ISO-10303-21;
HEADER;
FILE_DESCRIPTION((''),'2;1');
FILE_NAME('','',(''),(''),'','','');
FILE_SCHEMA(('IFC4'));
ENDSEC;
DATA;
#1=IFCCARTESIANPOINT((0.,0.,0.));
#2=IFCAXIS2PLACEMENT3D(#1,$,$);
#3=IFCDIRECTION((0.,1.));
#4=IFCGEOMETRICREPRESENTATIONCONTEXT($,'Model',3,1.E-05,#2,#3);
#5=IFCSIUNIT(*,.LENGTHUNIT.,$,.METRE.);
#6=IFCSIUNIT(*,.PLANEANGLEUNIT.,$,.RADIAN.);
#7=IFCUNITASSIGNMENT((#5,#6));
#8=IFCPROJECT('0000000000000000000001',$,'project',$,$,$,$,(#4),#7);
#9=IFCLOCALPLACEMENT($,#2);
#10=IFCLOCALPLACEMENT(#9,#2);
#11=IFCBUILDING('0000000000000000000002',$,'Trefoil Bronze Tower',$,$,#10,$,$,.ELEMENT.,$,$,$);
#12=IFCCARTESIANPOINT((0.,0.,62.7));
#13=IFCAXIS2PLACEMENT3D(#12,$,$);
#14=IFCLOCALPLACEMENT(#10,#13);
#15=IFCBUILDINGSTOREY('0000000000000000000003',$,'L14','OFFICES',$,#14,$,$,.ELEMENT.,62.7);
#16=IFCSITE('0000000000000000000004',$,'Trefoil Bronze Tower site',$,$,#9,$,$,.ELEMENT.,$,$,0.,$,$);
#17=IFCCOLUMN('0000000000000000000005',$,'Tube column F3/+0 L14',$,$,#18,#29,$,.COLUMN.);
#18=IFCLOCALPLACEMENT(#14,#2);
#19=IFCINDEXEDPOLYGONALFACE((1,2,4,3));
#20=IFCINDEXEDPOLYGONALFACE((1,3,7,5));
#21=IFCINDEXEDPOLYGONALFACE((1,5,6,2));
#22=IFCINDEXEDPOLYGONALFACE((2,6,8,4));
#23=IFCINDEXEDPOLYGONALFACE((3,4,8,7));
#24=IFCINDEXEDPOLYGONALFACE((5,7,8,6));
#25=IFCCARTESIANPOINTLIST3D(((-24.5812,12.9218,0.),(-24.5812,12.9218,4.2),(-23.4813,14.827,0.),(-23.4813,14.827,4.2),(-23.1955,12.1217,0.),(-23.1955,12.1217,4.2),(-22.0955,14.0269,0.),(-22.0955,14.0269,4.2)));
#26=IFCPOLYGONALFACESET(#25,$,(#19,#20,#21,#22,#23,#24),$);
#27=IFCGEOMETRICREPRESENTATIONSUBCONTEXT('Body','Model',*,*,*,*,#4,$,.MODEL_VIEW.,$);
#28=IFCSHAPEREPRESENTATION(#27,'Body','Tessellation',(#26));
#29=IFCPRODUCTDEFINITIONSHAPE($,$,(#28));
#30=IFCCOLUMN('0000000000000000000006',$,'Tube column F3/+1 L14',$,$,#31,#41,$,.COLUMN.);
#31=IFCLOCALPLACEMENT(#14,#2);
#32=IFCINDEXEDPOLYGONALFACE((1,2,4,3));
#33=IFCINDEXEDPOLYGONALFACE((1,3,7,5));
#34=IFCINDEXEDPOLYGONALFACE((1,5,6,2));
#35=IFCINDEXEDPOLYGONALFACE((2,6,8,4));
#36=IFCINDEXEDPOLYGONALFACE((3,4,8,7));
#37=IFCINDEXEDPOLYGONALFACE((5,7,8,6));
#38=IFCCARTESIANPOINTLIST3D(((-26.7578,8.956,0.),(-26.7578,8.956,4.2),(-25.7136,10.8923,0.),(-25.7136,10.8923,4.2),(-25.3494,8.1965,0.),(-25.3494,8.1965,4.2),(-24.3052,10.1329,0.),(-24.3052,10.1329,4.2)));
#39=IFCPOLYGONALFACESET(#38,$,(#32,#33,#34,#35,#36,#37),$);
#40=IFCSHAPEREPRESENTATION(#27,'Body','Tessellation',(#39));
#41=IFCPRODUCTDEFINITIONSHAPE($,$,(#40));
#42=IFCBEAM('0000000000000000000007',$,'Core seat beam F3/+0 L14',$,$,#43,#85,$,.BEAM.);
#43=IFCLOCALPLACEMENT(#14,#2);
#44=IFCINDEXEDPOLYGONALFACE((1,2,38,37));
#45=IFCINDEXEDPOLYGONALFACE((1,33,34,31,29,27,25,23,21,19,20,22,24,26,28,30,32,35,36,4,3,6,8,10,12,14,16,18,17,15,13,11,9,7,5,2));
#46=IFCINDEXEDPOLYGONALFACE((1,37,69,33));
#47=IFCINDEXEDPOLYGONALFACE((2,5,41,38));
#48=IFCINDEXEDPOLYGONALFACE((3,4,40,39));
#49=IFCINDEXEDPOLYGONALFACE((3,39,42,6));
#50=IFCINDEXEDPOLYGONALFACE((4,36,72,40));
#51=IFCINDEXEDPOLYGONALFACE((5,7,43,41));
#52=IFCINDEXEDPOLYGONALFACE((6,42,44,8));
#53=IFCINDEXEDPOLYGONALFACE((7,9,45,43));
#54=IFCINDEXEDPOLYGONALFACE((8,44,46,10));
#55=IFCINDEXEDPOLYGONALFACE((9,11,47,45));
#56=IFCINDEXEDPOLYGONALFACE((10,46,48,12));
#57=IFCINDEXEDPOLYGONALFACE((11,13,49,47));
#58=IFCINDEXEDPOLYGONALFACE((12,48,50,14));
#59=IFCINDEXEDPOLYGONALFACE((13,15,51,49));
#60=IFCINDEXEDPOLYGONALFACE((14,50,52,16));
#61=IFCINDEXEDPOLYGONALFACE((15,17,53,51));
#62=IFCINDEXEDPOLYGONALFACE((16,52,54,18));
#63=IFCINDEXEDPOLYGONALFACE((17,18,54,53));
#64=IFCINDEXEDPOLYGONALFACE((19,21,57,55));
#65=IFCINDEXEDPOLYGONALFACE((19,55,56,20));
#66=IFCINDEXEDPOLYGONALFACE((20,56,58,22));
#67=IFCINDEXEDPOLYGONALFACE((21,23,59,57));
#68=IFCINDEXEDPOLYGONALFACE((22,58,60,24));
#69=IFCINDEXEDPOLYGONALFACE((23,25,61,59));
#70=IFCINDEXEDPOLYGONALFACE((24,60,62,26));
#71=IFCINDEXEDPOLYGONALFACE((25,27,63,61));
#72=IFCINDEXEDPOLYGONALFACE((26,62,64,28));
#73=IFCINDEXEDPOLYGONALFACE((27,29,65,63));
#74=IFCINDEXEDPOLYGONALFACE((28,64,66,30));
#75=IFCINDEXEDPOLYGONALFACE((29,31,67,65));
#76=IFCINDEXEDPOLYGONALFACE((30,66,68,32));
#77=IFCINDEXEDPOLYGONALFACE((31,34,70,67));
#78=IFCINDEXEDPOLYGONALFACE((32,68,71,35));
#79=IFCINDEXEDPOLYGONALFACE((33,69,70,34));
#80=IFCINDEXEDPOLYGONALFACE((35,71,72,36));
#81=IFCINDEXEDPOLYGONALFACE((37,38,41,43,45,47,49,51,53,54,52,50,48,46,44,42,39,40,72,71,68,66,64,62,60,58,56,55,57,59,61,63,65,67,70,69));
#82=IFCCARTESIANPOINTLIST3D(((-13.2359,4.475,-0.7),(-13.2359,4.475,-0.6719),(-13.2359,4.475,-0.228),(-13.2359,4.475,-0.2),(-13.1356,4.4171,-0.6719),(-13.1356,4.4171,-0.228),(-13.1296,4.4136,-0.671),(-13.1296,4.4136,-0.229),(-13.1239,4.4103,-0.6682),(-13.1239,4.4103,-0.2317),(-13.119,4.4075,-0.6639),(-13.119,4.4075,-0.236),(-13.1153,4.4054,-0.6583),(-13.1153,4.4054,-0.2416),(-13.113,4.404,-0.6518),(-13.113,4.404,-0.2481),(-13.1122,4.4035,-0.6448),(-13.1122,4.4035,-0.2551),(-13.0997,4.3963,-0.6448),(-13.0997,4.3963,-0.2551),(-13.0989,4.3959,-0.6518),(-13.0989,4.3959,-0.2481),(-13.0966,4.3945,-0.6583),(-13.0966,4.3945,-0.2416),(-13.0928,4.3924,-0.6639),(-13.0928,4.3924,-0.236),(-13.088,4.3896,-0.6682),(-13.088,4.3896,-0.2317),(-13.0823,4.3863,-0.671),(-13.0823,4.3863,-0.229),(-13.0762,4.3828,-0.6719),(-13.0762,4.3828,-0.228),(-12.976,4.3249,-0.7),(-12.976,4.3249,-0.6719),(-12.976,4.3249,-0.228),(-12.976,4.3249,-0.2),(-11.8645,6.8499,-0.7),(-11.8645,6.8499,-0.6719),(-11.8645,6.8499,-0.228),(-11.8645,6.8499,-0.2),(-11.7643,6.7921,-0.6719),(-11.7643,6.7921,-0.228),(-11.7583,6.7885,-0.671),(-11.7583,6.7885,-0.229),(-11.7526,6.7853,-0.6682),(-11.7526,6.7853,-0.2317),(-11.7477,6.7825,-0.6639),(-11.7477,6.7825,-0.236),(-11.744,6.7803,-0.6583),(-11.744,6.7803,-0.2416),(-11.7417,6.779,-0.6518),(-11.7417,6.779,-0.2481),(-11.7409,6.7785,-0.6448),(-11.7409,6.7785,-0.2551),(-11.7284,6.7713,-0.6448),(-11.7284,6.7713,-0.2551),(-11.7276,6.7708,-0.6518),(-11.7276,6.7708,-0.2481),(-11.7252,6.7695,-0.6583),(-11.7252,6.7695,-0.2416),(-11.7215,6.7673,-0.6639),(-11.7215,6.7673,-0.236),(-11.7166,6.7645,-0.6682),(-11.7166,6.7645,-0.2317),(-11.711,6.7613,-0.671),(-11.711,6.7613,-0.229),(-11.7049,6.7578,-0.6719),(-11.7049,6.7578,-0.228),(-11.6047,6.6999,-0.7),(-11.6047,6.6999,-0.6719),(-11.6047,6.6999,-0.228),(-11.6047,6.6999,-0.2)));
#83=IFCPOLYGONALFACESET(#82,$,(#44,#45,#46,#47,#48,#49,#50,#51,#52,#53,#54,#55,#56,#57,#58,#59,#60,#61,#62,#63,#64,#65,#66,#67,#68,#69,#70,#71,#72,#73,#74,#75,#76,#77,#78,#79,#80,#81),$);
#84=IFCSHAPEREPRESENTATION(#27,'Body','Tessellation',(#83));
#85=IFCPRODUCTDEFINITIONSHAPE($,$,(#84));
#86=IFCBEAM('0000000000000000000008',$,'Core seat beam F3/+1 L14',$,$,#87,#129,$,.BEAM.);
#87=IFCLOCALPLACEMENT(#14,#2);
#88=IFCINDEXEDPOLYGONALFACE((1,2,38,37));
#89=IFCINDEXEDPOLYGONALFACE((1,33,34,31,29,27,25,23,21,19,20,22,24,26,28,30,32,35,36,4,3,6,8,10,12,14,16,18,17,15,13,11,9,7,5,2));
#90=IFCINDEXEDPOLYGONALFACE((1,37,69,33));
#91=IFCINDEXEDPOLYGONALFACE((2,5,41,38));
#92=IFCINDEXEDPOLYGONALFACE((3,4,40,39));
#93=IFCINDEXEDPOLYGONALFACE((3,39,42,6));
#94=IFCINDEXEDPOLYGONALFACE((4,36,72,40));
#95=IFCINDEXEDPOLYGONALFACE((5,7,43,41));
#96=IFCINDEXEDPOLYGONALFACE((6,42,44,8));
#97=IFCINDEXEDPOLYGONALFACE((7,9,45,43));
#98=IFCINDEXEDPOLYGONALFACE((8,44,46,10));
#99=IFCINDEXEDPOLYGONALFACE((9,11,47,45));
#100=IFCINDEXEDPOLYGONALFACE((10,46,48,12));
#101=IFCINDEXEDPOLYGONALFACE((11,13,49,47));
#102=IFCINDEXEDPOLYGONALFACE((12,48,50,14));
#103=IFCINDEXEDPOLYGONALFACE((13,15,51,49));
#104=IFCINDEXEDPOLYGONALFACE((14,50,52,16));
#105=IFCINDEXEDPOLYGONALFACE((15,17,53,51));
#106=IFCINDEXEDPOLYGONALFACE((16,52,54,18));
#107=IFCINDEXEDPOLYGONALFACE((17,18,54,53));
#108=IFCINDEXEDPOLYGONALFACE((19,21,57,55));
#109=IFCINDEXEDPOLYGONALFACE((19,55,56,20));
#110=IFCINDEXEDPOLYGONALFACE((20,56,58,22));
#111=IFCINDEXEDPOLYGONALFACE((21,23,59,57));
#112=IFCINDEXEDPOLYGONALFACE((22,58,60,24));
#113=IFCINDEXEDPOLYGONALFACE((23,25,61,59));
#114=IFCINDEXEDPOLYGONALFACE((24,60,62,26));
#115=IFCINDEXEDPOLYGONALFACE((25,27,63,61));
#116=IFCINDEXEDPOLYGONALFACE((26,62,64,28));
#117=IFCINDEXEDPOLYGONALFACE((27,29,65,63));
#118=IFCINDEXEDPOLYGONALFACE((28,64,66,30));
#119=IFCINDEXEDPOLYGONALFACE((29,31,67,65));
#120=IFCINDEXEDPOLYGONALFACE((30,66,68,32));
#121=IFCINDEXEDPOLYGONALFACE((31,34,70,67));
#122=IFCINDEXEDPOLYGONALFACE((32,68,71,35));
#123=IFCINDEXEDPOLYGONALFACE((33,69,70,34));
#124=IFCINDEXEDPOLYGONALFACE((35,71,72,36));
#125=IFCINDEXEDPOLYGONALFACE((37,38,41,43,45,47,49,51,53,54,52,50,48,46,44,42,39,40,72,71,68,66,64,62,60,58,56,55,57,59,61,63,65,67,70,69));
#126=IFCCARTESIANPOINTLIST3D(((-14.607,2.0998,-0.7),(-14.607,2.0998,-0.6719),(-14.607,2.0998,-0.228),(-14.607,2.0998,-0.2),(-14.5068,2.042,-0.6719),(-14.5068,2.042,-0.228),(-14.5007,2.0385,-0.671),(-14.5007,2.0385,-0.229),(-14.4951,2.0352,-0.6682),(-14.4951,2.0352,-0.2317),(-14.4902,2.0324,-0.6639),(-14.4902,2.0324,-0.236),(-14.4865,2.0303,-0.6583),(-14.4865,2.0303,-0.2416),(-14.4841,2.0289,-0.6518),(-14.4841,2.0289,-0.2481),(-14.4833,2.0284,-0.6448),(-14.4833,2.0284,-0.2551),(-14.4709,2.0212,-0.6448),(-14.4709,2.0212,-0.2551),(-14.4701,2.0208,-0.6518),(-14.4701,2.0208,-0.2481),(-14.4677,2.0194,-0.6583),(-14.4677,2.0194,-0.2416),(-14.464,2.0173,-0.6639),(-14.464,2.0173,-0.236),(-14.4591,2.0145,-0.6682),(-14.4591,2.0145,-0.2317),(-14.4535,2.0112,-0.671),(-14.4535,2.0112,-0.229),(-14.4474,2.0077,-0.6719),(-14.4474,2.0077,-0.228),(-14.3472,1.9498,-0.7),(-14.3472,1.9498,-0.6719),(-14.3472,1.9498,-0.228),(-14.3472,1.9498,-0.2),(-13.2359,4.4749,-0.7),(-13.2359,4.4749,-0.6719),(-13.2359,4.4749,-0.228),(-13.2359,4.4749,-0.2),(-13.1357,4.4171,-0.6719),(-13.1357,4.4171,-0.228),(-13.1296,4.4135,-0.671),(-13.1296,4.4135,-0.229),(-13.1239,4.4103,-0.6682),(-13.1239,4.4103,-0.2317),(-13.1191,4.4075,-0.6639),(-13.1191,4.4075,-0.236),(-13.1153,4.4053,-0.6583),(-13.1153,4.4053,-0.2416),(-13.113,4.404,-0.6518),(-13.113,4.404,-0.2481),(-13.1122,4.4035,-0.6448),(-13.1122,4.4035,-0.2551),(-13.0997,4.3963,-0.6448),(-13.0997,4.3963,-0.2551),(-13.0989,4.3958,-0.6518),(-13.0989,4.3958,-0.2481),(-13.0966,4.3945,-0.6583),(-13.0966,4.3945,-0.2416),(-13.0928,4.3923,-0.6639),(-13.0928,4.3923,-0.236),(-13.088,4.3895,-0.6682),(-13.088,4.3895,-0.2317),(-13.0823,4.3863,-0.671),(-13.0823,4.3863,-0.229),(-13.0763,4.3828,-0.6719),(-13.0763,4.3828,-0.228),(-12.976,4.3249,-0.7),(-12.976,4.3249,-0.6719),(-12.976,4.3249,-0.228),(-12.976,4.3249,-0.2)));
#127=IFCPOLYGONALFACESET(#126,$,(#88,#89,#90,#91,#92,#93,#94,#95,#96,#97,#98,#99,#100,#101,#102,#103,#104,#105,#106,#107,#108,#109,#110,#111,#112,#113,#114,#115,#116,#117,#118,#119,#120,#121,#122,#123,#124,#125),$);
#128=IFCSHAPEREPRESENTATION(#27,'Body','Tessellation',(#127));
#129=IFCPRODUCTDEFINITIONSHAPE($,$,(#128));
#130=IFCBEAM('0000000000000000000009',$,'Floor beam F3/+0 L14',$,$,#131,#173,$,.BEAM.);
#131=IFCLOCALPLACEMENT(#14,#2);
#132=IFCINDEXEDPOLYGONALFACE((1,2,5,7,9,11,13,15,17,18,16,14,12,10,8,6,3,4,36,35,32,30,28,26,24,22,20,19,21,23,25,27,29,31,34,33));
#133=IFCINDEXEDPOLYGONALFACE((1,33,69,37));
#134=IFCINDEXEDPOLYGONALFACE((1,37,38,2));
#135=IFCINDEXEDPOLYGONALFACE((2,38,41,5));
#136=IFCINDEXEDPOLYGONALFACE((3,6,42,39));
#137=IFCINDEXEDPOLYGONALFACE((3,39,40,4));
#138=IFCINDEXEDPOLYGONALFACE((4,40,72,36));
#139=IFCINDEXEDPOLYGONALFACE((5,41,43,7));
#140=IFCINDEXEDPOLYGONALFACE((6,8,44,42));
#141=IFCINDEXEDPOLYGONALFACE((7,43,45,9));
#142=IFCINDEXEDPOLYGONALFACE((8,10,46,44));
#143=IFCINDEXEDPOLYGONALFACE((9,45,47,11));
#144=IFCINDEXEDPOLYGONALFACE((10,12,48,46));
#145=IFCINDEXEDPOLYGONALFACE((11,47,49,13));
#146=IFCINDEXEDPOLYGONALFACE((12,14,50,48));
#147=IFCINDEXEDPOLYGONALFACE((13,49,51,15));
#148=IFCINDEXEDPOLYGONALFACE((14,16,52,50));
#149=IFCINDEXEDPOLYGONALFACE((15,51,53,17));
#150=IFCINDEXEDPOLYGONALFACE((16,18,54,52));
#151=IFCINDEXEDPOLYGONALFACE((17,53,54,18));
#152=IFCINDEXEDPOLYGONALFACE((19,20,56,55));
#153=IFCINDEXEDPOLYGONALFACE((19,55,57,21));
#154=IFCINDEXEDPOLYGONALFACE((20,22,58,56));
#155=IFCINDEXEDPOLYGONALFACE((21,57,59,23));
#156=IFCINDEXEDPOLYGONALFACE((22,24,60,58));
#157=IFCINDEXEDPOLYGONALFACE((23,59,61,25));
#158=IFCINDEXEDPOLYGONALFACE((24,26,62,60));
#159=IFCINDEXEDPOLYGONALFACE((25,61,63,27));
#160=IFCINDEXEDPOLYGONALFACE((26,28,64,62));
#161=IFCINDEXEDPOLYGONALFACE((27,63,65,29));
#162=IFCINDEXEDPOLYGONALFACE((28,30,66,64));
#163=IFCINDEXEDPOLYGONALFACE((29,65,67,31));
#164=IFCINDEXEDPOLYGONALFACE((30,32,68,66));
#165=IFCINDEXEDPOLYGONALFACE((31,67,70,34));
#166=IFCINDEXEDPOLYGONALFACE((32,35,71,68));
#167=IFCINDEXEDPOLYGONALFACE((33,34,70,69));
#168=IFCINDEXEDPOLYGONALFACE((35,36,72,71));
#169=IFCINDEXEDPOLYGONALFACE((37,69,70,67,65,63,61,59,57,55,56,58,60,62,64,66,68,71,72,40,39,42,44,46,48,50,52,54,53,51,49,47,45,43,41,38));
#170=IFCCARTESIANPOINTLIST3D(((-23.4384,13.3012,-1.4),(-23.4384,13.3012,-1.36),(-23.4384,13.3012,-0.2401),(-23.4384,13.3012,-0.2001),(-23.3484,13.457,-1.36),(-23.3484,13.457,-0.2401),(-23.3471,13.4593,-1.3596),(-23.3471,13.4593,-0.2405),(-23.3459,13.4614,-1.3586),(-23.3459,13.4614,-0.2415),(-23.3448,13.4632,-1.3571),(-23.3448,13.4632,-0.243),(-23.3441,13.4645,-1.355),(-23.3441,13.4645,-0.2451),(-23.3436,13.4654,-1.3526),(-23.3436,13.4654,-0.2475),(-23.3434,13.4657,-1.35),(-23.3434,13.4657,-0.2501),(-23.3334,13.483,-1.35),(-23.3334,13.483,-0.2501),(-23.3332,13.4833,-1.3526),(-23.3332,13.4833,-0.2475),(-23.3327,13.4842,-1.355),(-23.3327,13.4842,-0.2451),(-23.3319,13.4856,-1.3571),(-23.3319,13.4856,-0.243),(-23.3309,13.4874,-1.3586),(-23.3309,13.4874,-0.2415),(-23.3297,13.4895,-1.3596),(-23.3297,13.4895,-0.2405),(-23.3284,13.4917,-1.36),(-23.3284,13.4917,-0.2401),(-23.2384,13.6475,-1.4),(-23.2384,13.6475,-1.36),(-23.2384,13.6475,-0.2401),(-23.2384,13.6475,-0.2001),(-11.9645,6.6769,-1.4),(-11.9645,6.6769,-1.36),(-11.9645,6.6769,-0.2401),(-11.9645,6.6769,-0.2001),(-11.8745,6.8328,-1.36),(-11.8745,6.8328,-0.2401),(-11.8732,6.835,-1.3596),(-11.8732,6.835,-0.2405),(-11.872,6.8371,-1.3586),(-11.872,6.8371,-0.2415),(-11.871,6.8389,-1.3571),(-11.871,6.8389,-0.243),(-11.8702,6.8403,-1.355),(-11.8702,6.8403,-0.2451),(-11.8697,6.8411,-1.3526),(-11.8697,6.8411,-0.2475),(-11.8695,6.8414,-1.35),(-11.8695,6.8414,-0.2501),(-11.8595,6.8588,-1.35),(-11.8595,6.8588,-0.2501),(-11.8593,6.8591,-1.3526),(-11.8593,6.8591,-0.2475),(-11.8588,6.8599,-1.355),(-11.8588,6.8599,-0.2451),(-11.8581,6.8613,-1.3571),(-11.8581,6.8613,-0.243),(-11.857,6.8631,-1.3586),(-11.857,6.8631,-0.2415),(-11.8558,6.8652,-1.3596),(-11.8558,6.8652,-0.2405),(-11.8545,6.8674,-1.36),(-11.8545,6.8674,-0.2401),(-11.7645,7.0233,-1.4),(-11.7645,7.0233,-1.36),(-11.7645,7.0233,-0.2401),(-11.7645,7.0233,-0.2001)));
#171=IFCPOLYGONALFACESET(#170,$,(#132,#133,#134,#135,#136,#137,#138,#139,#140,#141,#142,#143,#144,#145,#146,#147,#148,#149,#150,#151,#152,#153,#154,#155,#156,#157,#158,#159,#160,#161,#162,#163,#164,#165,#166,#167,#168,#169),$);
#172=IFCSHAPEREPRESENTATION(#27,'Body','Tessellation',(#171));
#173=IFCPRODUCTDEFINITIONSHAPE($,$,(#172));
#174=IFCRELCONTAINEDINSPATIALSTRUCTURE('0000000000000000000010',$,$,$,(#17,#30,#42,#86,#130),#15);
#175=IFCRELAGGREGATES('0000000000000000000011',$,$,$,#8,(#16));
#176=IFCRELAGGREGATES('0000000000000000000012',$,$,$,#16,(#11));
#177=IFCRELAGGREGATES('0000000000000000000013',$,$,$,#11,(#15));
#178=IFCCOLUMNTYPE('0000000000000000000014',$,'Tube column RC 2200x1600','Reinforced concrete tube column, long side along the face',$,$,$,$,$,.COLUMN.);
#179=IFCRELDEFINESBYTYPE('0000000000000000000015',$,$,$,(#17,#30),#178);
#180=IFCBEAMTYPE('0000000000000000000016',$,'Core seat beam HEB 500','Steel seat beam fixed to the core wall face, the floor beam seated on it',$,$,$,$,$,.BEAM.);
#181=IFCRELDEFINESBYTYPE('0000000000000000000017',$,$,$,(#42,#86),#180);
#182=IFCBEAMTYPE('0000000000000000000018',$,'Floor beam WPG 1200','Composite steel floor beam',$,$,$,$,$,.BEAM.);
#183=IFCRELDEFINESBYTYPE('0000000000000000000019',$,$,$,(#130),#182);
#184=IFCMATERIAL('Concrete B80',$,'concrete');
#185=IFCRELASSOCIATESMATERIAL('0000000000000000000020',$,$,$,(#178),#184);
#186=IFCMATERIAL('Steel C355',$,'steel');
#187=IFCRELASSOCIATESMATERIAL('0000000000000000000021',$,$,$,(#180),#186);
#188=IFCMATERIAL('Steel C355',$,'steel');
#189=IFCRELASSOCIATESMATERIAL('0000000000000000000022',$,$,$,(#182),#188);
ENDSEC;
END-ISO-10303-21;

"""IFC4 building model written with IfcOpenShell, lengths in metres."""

from ifc_helpers import new_model, si_unit, direction, frame, origin, origin_2d, place, context, subcontext, project, spatial, rectangle, i_section, extrude, material, material_profile, profile_set, type_object, element, save


model = new_model("IFC4")

# Units and contexts
model_context = context("Model", 3, precision=1e-05, world=origin(), true_north=direction((0.0, 1.0)))
body_context = subcontext(model_context, "Body", "Model", "MODEL_VIEW")
ifc_project = project(units=[si_unit("LENGTHUNIT", "METRE"), si_unit("PLANEANGLEUNIT", "RADIAN")], contexts=[model_context])

# Site, building, storey
site_placement = place(None, origin())
site = spatial("IfcSite", under=ifc_project, at=site_placement, Name="Trefoil Bronze Tower site", CompositionType="ELEMENT", RefElevation=0.0)
building_placement = place(site_placement, origin())
building = spatial("IfcBuilding", under=site, at=building_placement, Name="Trefoil Bronze Tower", CompositionType="ELEMENT")
storey_placement = place(building_placement, frame((0.0, 0.0, 62.7)))
storey = spatial("IfcBuildingStorey", under=building, at=storey_placement, Name="L14", Description="OFFICES", CompositionType="ELEMENT", Elevation=62.7)

# Columns
ifc_material_1 = material(Name="Concrete B80", Category="concrete")
ifc_material_profile_1 = material_profile(ifc_material_1, rectangle(XDim=2.2, YDim=1.6001, at=origin_2d()), Name="RC 2200x1600")
ifc_profile_set_1 = profile_set([ifc_material_profile_1], Name="Concrete B80")
column_type = type_object("IfcColumnType", Name="Tube column RC 2200x1600", Description="Reinforced concrete tube column, long side along the face", PredefinedType="COLUMN", material=ifc_profile_set_1)
for number, where, z_axis, x_axis, name in (
    (1, (-23.3384, 13.4744, 0.0), (0.0, 0.0, 1.0), (-0.5, -0.866025, 0.0), "Tube column F3/+0 L14"),
    (2, (-25.5315, 9.5444, 0.0), (0.0, 0.0, 1.0), (-0.474656, -0.880171, 0.0), "Tube column F3/+1 L14"),
):
    element("IfcColumn", number, at=place(storey_placement, frame(where, z_axis=z_axis, x_axis=x_axis)), inside=storey, type_object=column_type, Name=name, PredefinedType="COLUMN", context=body_context, shape_type="SweptSolid", body=[
        extrude(rectangle(XDim=2.2, YDim=1.6001, at=origin_2d()), origin(), (0.0, 0.0, 1.0), 4.2),
    ])

# Beams
ifc_material_2 = material(Name="Steel C355", Category="steel")
ifc_material_profile_2 = material_profile(ifc_material_2, i_section(OverallWidth=0.3, OverallDepth=0.5, WebThickness=0.0144, FlangeThickness=0.0281, FilletRadius=0.0271, at=origin_2d()), Name="HEB 500")
ifc_profile_set_2 = profile_set([ifc_material_profile_2], Name="Steel C355")
beam_type_1 = type_object("IfcBeamType", Name="Core seat beam HEB 500", Description="Steel seat beam fixed to the core wall face, the floor beam seated on it", PredefinedType="BEAM", material=ifc_profile_set_2)
for number, where, z_axis, x_axis, name in (
    (3, (-11.7346, 6.7749, -0.45), (-0.500036, -0.866005, 0.0), (0.866005, -0.500036, 0.0), "Core seat beam F3/+0 L14"),
    (4, (-13.106, 4.3999, -0.45), (-0.499969, -0.866043, 0.0), (0.866043, -0.499969, 0.0), "Core seat beam F3/+1 L14"),
):
    element("IfcBeam", number, at=place(storey_placement, frame(where, z_axis=z_axis, x_axis=x_axis)), inside=storey, type_object=beam_type_1, Name=name, PredefinedType="BEAM", context=body_context, shape_type="SweptSolid", body=[
        extrude(i_section(OverallWidth=0.3, OverallDepth=0.5, WebThickness=0.0144, FlangeThickness=0.0281, FilletRadius=0.0271, at=origin_2d()), origin(), (0.0, 0.0, 1.0), 2.7424),
    ])
ifc_material_3 = material(Name="Steel C355", Category="steel")
ifc_material_profile_3 = material_profile(ifc_material_3, i_section(OverallWidth=0.3999, OverallDepth=1.2, WebThickness=0.02, FlangeThickness=0.04, FilletRadius=0.01, at=origin_2d()), Name="WPG 1200")
ifc_profile_set_3 = profile_set([ifc_material_profile_3], Name="Steel C355")
beam_type_2 = type_object("IfcBeamType", Name="Floor beam WPG 1200", Description="Composite steel floor beam", PredefinedType="BEAM", material=ifc_profile_set_3)
beam_1_placement = place(storey_placement, frame((-23.3384, 13.4744, -0.8), z_axis=(0.866031, -0.49999, 0.0), x_axis=(0.49999, 0.866031, 0.0)))
element("IfcBeam", 5, at=beam_1_placement, inside=storey, type_object=beam_type_2, Name="Floor beam F3/+0 L14", PredefinedType="BEAM", context=body_context, shape_type="SweptSolid", body=[
    extrude(i_section(OverallWidth=0.3999, OverallDepth=1.2, WebThickness=0.02, FlangeThickness=0.04, FilletRadius=0.01, at=origin_2d()), origin(), (0.0, 0.0, 1.0), 13.2488),
])

save(model, "model.ifc")
